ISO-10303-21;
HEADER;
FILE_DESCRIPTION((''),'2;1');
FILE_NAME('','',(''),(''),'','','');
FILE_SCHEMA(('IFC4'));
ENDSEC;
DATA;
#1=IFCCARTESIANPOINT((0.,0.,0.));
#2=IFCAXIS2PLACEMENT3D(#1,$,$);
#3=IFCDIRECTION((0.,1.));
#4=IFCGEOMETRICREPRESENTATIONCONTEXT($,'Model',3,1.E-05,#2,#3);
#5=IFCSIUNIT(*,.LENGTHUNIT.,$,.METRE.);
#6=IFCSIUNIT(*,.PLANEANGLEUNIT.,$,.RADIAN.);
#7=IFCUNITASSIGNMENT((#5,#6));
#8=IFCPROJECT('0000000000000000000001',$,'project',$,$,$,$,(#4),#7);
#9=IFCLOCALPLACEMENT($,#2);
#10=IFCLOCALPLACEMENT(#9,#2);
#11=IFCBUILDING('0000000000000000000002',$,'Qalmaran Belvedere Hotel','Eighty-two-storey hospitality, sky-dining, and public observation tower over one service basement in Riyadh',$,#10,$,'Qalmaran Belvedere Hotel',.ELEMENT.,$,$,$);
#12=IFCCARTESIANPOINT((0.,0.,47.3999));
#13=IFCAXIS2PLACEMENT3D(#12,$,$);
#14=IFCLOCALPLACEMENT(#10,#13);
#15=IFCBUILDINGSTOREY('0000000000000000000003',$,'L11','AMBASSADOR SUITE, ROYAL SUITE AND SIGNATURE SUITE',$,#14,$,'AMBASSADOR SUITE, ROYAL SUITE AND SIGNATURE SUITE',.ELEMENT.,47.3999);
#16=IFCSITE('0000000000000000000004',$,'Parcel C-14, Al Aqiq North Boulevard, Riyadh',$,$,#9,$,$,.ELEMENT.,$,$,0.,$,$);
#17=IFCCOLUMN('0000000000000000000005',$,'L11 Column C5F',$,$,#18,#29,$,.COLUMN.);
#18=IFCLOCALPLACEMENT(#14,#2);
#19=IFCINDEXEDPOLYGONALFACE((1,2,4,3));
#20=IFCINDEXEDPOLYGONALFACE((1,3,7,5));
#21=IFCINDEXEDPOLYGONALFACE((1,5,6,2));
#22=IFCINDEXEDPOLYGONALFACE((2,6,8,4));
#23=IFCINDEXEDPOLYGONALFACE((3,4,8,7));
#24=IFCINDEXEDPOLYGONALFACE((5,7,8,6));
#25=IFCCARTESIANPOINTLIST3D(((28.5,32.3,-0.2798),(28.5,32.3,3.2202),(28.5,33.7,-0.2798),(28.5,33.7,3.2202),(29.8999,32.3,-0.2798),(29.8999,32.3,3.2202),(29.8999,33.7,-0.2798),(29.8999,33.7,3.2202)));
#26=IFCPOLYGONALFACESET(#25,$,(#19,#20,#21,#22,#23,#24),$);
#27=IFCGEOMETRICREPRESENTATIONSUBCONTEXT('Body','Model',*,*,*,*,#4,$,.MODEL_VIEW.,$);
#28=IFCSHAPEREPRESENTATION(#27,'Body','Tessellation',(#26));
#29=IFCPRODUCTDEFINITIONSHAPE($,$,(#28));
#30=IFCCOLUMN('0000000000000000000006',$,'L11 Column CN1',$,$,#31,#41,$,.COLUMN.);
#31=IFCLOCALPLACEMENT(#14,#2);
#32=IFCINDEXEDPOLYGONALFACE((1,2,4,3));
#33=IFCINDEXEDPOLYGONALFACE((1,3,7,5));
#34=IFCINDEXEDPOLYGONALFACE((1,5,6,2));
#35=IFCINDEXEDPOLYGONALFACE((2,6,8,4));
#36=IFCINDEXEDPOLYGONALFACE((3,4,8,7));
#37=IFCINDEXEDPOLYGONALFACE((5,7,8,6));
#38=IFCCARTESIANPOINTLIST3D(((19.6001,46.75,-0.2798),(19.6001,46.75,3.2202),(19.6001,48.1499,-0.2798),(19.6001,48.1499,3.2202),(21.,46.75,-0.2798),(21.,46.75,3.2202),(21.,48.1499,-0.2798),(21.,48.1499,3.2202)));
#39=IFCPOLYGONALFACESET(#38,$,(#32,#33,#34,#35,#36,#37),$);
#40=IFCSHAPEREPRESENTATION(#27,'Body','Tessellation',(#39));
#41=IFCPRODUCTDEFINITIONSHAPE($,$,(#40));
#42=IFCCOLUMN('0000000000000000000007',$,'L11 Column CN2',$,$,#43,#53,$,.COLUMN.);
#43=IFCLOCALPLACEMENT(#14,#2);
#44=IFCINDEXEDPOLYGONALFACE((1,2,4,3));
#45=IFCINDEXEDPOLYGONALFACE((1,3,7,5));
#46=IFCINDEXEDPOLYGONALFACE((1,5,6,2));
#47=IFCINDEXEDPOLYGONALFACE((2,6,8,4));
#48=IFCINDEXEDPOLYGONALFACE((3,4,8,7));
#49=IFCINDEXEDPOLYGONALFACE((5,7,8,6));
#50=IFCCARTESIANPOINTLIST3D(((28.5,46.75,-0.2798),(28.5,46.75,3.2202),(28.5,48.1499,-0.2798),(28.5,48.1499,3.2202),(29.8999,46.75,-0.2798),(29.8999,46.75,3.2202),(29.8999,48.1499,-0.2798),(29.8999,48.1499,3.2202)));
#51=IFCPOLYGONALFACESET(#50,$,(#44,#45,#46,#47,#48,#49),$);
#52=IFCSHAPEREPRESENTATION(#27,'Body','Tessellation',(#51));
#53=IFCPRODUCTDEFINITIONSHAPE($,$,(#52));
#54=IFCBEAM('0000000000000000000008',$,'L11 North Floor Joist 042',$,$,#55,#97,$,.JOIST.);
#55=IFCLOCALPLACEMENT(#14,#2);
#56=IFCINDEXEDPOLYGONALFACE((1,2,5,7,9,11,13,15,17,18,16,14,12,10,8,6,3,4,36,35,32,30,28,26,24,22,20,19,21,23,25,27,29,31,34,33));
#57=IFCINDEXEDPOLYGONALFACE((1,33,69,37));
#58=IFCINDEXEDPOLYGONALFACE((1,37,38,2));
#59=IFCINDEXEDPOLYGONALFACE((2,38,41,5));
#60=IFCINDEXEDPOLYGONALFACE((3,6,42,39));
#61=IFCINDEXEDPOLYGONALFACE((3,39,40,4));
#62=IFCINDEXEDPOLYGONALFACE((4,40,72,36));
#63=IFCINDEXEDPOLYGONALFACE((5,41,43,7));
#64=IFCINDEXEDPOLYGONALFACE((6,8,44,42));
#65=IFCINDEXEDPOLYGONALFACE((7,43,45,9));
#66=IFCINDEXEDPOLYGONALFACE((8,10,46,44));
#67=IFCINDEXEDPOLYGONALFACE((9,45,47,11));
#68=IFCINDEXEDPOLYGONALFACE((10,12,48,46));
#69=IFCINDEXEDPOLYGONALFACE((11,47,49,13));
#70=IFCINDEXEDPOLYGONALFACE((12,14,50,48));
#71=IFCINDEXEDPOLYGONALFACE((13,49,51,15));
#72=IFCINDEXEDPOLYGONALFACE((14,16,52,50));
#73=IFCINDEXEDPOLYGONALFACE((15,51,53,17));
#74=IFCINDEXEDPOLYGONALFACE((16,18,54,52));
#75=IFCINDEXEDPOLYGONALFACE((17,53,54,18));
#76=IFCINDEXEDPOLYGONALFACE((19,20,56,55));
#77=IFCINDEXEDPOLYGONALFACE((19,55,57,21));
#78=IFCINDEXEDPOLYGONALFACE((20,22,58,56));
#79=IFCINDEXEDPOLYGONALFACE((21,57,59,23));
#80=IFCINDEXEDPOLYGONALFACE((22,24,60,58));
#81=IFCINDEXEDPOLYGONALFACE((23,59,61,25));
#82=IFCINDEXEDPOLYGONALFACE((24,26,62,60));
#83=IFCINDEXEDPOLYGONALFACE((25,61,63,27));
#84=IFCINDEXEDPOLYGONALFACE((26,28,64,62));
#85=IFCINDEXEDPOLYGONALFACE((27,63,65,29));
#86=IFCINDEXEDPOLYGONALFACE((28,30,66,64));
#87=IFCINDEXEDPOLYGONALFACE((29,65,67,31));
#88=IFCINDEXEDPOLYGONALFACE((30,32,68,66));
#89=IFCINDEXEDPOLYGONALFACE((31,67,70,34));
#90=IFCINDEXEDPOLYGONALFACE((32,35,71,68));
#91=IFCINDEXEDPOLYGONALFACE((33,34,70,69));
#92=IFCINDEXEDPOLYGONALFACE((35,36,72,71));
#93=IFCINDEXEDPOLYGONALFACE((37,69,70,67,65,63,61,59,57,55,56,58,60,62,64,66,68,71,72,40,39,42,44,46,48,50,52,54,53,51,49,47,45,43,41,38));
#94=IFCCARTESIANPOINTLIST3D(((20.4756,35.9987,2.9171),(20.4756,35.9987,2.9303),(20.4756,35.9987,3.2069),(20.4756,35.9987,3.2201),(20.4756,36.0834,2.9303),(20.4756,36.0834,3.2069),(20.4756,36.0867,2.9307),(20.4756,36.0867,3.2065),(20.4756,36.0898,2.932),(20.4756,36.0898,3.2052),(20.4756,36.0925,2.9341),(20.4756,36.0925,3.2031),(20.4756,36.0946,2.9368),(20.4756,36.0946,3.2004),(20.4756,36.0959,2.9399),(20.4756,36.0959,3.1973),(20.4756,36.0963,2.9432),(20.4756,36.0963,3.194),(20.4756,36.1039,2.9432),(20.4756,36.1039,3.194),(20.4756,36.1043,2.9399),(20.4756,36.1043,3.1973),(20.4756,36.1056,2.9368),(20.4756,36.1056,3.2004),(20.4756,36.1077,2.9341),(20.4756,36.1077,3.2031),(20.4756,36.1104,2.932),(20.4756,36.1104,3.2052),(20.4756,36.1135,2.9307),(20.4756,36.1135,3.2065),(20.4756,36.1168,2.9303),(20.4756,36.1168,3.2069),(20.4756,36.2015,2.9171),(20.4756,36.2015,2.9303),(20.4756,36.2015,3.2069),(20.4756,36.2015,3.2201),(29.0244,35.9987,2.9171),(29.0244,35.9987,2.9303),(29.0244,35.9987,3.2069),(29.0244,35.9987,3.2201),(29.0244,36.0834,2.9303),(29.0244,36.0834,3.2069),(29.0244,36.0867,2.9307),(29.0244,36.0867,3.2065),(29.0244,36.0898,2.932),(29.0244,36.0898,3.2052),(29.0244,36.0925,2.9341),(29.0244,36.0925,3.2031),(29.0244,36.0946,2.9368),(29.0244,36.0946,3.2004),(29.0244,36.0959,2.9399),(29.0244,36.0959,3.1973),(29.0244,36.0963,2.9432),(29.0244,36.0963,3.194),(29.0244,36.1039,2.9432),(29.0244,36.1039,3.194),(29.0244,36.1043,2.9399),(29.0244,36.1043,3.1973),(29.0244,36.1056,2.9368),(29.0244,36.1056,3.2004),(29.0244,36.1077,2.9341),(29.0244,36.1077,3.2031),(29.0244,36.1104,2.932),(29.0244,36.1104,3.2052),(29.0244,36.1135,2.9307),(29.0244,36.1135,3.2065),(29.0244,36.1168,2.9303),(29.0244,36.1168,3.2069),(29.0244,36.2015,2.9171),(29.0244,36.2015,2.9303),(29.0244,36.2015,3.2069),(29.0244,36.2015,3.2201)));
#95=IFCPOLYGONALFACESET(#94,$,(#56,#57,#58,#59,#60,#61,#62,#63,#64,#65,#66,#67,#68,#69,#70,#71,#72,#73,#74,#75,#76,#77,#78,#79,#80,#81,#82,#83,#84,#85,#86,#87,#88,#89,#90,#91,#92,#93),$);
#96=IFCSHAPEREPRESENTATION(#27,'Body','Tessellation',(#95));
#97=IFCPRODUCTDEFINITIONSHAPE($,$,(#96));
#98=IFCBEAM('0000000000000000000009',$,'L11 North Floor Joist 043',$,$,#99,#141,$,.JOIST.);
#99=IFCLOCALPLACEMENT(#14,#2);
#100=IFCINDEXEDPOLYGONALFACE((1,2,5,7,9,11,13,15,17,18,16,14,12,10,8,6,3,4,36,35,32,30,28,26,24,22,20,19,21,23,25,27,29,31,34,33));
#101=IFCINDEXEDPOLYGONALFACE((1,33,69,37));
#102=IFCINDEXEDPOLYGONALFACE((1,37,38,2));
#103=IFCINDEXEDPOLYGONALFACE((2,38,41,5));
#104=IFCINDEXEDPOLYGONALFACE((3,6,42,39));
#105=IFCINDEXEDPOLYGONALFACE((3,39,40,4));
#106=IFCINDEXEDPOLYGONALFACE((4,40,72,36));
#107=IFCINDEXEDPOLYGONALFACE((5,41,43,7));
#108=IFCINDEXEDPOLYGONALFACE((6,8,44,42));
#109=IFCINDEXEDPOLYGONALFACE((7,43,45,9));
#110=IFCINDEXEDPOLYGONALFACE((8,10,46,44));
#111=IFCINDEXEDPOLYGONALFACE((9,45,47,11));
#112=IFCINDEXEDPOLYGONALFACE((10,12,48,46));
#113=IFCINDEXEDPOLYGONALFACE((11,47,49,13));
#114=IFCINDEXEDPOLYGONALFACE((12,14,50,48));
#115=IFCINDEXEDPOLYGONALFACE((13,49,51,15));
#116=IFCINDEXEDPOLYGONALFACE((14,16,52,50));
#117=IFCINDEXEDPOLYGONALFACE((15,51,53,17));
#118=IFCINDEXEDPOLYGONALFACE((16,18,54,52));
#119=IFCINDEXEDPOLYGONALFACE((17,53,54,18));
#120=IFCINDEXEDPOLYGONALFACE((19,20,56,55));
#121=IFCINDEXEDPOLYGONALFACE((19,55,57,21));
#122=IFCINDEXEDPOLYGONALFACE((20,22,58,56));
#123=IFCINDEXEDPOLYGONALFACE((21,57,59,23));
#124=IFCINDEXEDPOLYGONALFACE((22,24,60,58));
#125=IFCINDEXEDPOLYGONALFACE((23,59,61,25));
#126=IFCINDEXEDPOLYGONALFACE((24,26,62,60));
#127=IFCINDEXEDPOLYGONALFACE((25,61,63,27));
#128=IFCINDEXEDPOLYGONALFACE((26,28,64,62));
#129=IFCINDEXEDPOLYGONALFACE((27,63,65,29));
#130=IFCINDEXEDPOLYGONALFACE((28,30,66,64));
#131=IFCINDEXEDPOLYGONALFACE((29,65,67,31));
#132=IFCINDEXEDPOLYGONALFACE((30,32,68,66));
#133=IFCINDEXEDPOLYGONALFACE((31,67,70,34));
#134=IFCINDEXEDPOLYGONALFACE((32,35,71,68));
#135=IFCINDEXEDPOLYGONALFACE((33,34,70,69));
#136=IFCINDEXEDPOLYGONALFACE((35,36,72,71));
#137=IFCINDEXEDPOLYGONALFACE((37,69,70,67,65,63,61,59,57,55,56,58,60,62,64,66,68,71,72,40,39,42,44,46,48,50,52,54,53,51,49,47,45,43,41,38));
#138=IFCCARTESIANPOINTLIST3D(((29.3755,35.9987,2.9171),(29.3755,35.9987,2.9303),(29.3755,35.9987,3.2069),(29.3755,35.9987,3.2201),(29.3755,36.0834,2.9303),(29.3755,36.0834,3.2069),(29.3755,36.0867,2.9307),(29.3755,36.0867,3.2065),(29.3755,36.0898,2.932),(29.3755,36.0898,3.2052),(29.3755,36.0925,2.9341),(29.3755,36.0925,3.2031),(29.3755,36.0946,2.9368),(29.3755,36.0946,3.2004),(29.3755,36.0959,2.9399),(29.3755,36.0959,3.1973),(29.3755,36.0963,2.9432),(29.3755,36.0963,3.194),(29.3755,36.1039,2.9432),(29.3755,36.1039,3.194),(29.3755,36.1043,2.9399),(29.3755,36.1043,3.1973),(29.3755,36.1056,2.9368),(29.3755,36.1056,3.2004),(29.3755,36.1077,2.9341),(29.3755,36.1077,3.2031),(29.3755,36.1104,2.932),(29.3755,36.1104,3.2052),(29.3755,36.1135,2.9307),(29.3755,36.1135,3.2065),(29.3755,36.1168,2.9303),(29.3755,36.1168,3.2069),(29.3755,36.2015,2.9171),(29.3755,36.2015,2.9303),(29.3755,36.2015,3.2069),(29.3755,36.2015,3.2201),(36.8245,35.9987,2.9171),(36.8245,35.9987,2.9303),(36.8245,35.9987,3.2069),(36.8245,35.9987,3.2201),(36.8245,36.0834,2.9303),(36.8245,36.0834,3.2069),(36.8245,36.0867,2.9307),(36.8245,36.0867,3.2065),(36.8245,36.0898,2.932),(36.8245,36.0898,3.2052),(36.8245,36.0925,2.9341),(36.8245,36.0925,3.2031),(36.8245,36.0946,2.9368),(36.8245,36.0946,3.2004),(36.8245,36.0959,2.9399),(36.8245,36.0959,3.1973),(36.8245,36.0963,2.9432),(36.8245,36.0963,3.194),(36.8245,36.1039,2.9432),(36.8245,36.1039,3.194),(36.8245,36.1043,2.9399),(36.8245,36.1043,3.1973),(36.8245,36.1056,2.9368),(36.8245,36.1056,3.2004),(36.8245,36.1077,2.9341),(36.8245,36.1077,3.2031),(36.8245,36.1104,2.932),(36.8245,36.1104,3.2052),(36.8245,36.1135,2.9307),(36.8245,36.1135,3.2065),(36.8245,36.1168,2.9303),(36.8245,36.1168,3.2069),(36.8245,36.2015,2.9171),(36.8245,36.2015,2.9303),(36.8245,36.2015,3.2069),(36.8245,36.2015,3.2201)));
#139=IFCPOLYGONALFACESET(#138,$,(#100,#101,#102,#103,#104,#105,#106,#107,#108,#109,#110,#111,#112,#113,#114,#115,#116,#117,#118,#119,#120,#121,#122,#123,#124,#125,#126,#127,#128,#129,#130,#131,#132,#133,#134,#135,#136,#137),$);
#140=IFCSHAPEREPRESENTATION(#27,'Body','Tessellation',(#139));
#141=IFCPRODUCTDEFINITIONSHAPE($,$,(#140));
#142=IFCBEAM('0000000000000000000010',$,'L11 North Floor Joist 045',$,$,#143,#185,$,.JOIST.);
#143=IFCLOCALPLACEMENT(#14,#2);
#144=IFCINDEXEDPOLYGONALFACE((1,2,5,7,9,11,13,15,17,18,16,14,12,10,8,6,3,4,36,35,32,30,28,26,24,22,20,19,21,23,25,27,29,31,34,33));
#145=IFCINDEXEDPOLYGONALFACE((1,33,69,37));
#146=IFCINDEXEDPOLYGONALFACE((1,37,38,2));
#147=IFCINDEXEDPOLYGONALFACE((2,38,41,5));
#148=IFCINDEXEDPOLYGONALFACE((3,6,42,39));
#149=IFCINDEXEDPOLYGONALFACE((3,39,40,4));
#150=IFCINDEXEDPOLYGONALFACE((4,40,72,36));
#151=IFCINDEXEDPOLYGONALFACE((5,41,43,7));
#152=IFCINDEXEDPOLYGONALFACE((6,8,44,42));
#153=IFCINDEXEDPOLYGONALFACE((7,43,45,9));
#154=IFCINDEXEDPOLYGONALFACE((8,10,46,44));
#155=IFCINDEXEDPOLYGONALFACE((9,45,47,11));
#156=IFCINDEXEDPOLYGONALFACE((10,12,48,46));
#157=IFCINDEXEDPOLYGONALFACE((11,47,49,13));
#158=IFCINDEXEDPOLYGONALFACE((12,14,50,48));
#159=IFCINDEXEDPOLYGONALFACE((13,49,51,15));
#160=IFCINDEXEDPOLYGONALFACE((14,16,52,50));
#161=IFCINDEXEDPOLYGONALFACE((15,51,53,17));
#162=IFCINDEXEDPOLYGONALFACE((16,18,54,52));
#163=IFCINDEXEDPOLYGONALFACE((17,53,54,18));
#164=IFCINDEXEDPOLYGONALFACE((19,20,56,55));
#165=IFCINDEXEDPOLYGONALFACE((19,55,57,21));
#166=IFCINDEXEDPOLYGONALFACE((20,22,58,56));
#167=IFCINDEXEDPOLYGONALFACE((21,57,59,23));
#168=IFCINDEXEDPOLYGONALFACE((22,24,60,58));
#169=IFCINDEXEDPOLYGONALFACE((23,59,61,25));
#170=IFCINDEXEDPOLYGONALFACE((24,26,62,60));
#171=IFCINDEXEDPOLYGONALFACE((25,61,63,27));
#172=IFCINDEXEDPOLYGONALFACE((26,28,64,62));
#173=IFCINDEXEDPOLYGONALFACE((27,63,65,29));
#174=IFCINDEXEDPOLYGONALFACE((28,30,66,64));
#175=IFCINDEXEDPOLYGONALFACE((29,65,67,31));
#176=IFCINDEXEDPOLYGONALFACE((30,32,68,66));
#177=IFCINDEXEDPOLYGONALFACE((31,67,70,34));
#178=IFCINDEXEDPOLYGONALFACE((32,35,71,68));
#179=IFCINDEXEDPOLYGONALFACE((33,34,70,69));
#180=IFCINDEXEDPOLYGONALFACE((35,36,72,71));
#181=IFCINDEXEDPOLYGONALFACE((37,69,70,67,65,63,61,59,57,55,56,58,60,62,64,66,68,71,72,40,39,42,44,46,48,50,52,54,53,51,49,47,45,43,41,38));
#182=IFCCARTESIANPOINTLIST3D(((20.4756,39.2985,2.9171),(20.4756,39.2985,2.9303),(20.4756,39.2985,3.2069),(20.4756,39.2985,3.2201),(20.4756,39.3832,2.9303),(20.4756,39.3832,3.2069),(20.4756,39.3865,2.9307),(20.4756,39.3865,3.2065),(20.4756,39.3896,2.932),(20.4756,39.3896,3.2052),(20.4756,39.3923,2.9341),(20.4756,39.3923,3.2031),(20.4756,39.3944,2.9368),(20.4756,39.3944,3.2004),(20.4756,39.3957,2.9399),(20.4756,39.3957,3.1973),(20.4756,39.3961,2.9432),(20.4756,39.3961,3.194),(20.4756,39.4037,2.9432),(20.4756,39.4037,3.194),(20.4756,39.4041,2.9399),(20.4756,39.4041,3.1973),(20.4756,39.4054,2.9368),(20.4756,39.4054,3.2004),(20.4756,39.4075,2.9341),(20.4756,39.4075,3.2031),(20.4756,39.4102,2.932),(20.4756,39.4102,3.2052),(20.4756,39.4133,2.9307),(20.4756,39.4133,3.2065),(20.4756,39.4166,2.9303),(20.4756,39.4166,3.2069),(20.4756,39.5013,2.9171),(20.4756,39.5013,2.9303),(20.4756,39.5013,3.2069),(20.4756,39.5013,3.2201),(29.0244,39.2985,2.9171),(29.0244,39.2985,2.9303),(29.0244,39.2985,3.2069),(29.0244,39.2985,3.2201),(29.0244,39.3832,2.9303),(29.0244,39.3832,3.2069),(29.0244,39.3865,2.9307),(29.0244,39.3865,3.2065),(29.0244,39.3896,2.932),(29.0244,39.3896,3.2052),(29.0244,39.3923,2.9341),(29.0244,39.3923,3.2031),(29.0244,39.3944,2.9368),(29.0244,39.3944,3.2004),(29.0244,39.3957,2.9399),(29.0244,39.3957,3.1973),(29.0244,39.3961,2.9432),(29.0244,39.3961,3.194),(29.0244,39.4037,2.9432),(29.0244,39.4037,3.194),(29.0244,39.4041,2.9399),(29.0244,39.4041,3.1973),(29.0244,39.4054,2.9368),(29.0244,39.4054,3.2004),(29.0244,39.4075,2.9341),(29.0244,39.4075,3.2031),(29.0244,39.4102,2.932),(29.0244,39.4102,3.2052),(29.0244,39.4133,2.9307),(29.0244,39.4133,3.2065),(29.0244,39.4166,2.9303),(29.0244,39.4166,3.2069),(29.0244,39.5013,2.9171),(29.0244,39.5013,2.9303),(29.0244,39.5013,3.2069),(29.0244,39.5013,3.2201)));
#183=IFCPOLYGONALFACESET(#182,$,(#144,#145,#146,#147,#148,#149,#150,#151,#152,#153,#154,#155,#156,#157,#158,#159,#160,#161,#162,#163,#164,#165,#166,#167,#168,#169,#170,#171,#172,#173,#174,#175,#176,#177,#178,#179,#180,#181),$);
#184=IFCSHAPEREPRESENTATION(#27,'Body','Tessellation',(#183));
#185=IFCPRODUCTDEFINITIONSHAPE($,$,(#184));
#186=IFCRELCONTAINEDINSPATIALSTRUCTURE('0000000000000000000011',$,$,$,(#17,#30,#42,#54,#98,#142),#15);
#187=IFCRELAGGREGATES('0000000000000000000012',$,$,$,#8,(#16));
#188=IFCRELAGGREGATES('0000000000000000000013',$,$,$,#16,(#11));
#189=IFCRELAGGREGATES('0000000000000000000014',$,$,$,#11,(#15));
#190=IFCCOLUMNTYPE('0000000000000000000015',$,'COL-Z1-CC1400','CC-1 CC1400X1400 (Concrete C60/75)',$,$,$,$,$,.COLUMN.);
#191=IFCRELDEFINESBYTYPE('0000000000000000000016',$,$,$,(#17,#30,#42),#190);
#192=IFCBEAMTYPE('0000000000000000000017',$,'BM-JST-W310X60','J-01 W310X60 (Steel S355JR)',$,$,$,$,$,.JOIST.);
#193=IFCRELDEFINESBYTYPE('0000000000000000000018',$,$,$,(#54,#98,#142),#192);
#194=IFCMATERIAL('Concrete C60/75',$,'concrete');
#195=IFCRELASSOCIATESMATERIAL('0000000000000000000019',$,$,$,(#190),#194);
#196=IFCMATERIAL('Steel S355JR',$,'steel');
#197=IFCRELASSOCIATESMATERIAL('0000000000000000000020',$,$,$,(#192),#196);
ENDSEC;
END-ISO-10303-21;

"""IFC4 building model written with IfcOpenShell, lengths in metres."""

from ifc_helpers import new_model, si_unit, direction, frame, origin, origin_2d, place, context, subcontext, project, spatial, rectangle, i_section, extrude, material, material_profile, profile_set, type_object, element, save


model = new_model("IFC4")

# Units and contexts
model_context = context("Model", 3, precision=1e-05, world=origin(), true_north=direction((0.0, 1.0)))
body_context = subcontext(model_context, "Body", "Model", "MODEL_VIEW")
ifc_project = project(units=[si_unit("LENGTHUNIT", "METRE"), si_unit("PLANEANGLEUNIT", "RADIAN")], contexts=[model_context])

# Site, building, storey
site_placement = place(None, origin())
site = spatial("IfcSite", under=ifc_project, at=site_placement, Name="Parcel C-14, Al Aqiq North Boulevard, Riyadh", CompositionType="ELEMENT", RefElevation=0.0)
building_placement = place(site_placement, origin())
building = spatial("IfcBuilding", under=site, at=building_placement, Name="Qalmaran Belvedere Hotel", Description="Eighty-two-storey hospitality, sky-dining, and public observation tower over one service basement in Riyadh", LongName="Qalmaran Belvedere Hotel", CompositionType="ELEMENT")
storey_placement = place(building_placement, frame((0.0, 0.0, 47.3999)))
storey = spatial("IfcBuildingStorey", under=building, at=storey_placement, Name="L11", Description="AMBASSADOR SUITE, ROYAL SUITE AND SIGNATURE SUITE", LongName="AMBASSADOR SUITE, ROYAL SUITE AND SIGNATURE SUITE", CompositionType="ELEMENT", Elevation=47.3999)

# Columns
ifc_material_1 = material(Name="Concrete C60/75", Category="concrete")
ifc_material_profile_1 = material_profile(ifc_material_1, rectangle(XDim=1.3999, YDim=1.3999, at=origin_2d()), Name="CC1400X1400")
ifc_profile_set_1 = profile_set([ifc_material_profile_1], Name="Concrete C60/75")
column_type = type_object("IfcColumnType", Name="COL-Z1-CC1400", Description="CC-1 CC1400X1400 (Concrete C60/75)", PredefinedType="COLUMN", material=ifc_profile_set_1)
for number, where, z_axis, x_axis, name in (
    (1, (29.2, 33.0, -0.2798), (0.0, 0.0, 1.0), (1.0, 0.0, 0.0), "L11 Column C5F"),
    (2, (20.3, 47.45, -0.2798), (0.0, 0.0, 1.0), (1.0, 0.0, 0.0), "L11 Column CN1"),
    (3, (29.2, 47.45, -0.2798), (0.0, 0.0, 1.0), (1.0, 0.0, 0.0), "L11 Column CN2"),
):
    element("IfcColumn", number, at=place(storey_placement, frame(where, z_axis=z_axis, x_axis=x_axis)), inside=storey, type_object=column_type, Name=name, PredefinedType="COLUMN", context=body_context, shape_type="SweptSolid", body=[
        extrude(rectangle(XDim=1.3999, YDim=1.3999, at=origin_2d()), origin(), (0.0, 0.0, 1.0), 3.5),
    ])

# Beams
ifc_material_2 = material(Name="Steel S355JR", Category="steel")
ifc_material_profile_2 = material_profile(ifc_material_2, i_section(OverallWidth=0.2029, OverallDepth=0.303, WebThickness=0.0076, FlangeThickness=0.0132, FilletRadius=0.0129, at=origin_2d()), Name="W310X60")
ifc_profile_set_2 = profile_set([ifc_material_profile_2], Name="Steel S355JR")
beam_type_1 = type_object("IfcBeamType", Name="BM-JST-W310X60", Description="J-01 W310X60 (Steel S355JR)", PredefinedType="JOIST", material=ifc_profile_set_2)
beam_1_placement = place(storey_placement, frame((20.4756, 36.1001, 3.0686), z_axis=(1.0, 0.0, 0.0), x_axis=(0.0, 1.0, 0.0)))
element("IfcBeam", 4, at=beam_1_placement, inside=storey, type_object=beam_type_1, Name="L11 North Floor Joist 042", PredefinedType="JOIST", context=body_context, shape_type="SweptSolid", body=[
    extrude(i_section(OverallWidth=0.2029, OverallDepth=0.303, WebThickness=0.0076, FlangeThickness=0.0132, FilletRadius=0.0129, at=origin_2d()), origin(), (0.0, 0.0, 1.0), 8.5488),
])
beam_2_placement = place(storey_placement, frame((29.3755, 36.1001, 3.0686), z_axis=(1.0, 0.0, 0.0), x_axis=(0.0, 1.0, 0.0)))
element("IfcBeam", 5, at=beam_2_placement, inside=storey, type_object=beam_type_1, Name="L11 North Floor Joist 043", PredefinedType="JOIST", context=body_context, shape_type="SweptSolid", body=[
    extrude(i_section(OverallWidth=0.2029, OverallDepth=0.303, WebThickness=0.0076, FlangeThickness=0.0132, FilletRadius=0.0129, at=origin_2d()), origin(), (0.0, 0.0, 1.0), 7.449),
])
beam_3_placement = place(storey_placement, frame((20.4756, 39.3999, 3.0686), z_axis=(1.0, 0.0, 0.0), x_axis=(0.0, 1.0, 0.0)))
element("IfcBeam", 6, at=beam_3_placement, inside=storey, type_object=beam_type_1, Name="L11 North Floor Joist 045", PredefinedType="JOIST", context=body_context, shape_type="SweptSolid", body=[
    extrude(i_section(OverallWidth=0.2029, OverallDepth=0.303, WebThickness=0.0076, FlangeThickness=0.0132, FilletRadius=0.0129, at=origin_2d()), origin(), (0.0, 0.0, 1.0), 8.5488),
])

save(model, "model.ifc")
